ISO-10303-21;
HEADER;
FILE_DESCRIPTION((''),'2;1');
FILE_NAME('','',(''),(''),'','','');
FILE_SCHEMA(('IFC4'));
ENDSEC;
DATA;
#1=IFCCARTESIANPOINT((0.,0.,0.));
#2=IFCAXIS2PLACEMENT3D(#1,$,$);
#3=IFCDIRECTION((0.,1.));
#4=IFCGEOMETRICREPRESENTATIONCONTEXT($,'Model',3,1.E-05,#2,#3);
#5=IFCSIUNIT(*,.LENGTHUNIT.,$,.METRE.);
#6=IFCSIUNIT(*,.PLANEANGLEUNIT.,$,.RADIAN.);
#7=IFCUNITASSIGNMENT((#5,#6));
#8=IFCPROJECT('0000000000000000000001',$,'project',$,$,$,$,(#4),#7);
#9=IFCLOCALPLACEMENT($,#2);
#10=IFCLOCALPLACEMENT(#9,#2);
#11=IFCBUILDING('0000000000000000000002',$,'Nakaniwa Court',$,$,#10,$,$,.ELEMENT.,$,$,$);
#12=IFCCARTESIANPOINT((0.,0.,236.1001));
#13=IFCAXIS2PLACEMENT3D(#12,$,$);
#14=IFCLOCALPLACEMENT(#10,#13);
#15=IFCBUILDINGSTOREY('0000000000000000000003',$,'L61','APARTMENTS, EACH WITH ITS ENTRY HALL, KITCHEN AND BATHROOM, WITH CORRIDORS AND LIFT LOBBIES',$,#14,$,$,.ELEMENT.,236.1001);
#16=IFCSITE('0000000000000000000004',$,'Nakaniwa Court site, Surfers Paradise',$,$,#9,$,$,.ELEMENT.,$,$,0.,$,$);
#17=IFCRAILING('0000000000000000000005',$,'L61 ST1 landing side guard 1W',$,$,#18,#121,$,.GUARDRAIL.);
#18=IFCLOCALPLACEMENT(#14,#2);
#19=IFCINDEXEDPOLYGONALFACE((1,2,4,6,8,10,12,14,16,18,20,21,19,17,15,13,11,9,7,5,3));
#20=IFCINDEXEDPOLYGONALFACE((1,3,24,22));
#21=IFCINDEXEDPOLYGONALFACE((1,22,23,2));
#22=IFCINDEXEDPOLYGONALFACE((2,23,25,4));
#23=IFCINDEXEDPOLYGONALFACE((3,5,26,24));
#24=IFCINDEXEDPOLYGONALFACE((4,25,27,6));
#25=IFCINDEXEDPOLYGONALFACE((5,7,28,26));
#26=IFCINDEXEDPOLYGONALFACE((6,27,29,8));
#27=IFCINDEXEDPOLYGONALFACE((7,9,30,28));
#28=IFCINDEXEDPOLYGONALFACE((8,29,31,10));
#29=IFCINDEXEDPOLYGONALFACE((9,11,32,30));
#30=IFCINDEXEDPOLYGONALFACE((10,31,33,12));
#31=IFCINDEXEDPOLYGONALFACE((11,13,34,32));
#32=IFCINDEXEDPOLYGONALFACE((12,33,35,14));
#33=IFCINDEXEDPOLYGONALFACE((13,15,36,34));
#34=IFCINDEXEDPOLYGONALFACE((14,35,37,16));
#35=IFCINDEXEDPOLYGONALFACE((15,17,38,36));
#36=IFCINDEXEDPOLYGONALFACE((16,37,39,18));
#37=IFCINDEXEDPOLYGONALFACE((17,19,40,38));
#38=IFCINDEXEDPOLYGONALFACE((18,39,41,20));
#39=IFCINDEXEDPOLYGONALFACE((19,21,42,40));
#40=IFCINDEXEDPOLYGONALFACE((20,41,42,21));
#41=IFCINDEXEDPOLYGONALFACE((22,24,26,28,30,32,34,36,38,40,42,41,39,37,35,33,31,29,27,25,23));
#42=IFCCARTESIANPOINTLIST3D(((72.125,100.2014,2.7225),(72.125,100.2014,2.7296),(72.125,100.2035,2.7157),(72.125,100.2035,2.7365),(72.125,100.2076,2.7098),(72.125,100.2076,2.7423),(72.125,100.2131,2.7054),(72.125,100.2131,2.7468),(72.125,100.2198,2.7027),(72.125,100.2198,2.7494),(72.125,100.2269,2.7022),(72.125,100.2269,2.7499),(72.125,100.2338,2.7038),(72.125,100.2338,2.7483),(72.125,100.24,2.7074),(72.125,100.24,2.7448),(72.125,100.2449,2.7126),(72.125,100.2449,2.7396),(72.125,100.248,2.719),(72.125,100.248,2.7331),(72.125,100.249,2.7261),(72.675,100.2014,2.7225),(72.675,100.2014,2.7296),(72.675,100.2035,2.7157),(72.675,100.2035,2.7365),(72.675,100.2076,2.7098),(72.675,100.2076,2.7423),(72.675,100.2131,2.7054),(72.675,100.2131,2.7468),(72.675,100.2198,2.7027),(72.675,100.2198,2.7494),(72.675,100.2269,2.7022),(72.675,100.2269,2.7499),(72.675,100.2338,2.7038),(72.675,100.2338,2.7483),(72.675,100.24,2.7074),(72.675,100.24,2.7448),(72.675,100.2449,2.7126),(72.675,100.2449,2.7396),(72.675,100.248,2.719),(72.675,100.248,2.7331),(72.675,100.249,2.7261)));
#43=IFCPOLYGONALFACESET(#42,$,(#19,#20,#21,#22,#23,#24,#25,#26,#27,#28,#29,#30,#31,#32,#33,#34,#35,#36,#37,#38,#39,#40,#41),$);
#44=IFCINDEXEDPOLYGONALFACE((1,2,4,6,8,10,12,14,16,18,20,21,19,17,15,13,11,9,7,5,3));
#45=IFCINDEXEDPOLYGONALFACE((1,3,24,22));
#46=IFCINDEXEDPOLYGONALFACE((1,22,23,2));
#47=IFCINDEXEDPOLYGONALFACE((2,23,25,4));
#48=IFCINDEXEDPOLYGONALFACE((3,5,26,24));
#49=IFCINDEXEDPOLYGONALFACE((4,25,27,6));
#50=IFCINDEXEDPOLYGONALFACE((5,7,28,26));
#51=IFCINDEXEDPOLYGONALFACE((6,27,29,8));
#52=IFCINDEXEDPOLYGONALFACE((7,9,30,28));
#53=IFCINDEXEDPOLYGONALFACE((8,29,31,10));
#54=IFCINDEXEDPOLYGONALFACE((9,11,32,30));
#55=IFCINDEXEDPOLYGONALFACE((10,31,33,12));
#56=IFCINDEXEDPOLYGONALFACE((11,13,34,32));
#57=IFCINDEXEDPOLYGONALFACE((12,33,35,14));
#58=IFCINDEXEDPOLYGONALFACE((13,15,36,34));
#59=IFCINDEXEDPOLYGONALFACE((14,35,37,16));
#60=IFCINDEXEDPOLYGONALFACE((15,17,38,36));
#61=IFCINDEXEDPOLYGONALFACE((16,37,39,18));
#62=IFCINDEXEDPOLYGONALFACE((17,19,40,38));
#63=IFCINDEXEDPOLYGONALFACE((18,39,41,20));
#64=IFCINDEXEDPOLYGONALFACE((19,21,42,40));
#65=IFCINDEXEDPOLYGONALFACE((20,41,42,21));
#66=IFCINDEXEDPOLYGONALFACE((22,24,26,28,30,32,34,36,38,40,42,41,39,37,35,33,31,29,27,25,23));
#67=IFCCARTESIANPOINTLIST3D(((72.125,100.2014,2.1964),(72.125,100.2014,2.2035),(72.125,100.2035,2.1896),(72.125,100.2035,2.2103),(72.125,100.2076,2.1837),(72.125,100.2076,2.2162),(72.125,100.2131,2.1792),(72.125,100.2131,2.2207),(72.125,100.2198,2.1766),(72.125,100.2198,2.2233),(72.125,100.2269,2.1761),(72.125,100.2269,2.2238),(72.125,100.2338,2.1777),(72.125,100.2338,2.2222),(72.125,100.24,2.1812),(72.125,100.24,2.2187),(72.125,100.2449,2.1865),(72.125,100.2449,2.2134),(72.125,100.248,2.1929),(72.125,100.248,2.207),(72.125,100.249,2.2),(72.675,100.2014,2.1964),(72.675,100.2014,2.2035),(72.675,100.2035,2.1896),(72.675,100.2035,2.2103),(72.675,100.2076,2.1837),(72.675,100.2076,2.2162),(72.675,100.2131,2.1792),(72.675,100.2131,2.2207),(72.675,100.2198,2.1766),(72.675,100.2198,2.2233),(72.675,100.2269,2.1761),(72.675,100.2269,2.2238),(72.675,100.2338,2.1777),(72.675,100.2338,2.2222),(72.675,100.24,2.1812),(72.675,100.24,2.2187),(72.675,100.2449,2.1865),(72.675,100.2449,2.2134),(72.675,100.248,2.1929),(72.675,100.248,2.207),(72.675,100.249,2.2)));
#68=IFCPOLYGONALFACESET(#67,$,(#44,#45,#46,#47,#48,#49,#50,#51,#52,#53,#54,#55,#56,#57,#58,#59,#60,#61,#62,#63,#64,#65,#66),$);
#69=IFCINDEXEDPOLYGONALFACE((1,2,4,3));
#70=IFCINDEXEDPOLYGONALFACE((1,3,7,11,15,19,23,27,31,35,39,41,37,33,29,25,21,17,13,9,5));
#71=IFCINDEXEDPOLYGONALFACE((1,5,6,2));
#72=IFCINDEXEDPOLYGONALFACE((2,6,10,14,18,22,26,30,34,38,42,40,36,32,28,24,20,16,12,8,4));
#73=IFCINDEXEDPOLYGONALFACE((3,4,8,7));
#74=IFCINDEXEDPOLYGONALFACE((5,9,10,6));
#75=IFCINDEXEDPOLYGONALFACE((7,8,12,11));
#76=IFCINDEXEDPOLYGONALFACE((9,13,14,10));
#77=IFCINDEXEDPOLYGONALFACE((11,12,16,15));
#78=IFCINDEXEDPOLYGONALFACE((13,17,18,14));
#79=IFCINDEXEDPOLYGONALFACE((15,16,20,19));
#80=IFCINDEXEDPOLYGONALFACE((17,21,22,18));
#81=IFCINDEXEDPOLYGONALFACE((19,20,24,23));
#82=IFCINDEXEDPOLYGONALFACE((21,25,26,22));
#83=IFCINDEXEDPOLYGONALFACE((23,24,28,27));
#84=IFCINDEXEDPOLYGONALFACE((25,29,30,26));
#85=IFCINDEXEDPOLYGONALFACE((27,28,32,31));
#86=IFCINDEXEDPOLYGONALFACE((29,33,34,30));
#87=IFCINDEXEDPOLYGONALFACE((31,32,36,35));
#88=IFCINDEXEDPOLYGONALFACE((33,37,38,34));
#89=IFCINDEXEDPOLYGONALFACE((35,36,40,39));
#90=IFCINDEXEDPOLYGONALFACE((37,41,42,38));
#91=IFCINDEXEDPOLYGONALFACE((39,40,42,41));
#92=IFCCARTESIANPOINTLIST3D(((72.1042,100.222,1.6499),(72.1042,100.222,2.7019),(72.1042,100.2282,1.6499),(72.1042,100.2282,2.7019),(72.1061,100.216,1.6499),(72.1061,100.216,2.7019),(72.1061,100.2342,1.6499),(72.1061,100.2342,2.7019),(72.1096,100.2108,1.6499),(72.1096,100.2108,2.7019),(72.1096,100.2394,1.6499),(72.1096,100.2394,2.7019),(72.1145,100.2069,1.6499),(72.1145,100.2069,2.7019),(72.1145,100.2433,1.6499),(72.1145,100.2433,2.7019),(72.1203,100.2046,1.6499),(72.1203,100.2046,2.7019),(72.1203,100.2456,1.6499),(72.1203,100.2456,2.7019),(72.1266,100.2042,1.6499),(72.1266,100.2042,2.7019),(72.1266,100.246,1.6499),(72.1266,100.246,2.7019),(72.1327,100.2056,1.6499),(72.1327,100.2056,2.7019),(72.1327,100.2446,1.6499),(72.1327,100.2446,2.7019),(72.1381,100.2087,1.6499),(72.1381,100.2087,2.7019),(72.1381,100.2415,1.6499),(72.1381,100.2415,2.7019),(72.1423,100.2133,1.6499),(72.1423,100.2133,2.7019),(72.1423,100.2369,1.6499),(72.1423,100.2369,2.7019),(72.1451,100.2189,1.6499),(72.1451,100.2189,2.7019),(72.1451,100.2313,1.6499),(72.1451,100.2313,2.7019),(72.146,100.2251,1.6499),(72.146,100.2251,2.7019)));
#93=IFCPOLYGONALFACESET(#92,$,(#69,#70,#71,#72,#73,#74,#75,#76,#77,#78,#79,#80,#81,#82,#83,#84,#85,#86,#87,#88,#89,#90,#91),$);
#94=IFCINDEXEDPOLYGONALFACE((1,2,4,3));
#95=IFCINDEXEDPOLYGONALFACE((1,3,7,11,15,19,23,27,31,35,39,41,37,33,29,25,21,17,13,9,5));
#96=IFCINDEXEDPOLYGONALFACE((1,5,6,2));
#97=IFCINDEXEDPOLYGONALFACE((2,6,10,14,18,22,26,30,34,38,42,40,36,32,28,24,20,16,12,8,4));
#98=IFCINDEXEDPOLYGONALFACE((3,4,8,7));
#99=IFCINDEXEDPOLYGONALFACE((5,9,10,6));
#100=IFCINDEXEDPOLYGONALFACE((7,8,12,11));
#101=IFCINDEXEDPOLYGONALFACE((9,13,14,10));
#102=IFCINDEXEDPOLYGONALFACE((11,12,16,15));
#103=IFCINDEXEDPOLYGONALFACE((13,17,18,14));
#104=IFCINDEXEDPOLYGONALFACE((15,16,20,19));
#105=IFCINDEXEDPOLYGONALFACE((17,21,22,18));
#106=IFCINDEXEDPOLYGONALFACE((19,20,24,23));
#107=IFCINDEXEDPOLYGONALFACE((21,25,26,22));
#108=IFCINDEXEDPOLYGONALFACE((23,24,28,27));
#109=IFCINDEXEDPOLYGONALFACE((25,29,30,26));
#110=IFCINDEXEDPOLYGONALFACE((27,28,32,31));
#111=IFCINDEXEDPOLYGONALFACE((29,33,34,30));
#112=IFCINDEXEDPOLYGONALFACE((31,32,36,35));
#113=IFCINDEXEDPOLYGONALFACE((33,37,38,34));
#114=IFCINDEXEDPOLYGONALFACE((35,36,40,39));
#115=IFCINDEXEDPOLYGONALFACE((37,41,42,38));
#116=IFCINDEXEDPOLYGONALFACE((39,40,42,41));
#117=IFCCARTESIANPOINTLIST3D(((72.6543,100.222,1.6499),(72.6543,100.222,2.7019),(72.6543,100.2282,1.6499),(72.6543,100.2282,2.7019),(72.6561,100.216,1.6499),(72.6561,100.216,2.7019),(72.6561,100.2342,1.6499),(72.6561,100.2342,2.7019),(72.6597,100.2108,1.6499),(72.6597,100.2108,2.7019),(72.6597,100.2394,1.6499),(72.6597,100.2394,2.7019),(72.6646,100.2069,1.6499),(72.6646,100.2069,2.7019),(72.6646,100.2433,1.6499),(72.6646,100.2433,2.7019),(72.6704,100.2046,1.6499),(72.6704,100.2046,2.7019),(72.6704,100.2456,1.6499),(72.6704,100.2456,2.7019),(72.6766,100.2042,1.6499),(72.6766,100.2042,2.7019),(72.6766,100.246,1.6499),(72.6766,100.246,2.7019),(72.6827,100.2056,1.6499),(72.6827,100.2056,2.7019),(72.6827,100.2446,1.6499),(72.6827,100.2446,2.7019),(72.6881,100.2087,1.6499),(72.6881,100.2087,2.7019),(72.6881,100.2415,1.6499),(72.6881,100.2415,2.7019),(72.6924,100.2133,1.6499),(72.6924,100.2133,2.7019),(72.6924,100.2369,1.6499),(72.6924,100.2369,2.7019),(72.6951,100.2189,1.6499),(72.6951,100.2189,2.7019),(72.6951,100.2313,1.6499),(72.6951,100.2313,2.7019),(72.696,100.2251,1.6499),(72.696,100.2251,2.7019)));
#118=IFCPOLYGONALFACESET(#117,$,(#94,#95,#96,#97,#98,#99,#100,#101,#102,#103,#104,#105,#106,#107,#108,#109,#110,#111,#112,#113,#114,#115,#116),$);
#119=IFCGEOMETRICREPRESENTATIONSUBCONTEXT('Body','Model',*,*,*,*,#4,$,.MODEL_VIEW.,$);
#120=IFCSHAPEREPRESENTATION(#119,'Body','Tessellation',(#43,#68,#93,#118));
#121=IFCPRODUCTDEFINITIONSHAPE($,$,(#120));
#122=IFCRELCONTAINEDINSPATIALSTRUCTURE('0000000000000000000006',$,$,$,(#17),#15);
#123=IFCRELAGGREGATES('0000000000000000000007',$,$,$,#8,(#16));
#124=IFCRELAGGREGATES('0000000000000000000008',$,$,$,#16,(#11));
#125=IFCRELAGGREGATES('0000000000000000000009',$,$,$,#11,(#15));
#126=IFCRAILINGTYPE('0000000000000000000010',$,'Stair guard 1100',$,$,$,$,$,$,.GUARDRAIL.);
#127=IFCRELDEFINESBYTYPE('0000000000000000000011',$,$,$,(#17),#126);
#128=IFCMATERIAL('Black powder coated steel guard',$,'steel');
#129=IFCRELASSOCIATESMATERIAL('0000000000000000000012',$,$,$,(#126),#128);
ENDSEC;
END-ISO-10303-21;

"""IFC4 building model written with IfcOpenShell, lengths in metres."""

from ifc_helpers import new_model, si_unit, direction, frame, origin, origin_2d, place, context, subcontext, project, spatial, circle, extrude, material, type_object, element, save


model = new_model("IFC4")

# Units and contexts
model_context = context("Model", 3, precision=1e-05, world=origin(), true_north=direction((0.0, 1.0)))
body_context = subcontext(model_context, "Body", "Model", "MODEL_VIEW")
ifc_project = project(units=[si_unit("LENGTHUNIT", "METRE"), si_unit("PLANEANGLEUNIT", "RADIAN")], contexts=[model_context])

# Site, building, storey
site_placement = place(None, origin())
site = spatial("IfcSite", under=ifc_project, at=site_placement, Name="Nakaniwa Court site, Surfers Paradise", CompositionType="ELEMENT", RefElevation=0.0)
building_placement = place(site_placement, origin())
building = spatial("IfcBuilding", under=site, at=building_placement, Name="Nakaniwa Court", CompositionType="ELEMENT")
storey_placement = place(building_placement, frame((0.0, 0.0, 236.1001)))
storey = spatial("IfcBuildingStorey", under=building, at=storey_placement, Name="L61", Description="APARTMENTS, EACH WITH ITS ENTRY HALL, KITCHEN AND BATHROOM, WITH CORRIDORS AND LIFT LOBBIES", CompositionType="ELEMENT", Elevation=236.1001)

# Railing
ifc_material_1 = material(Name="Black powder coated steel guard", Category="steel")
railing_type_1 = type_object("IfcRailingType", Name="Stair guard 1100", PredefinedType="GUARDRAIL", material=ifc_material_1)
for number, where, name in (
    (1, (72.125, 100.2251, 1.6499), "L61 ST1 landing side guard 1W"),
):
    element("IfcRailing", number, at=place(storey_placement, frame(where)), inside=storey, type_object=railing_type_1, Name=name, PredefinedType="GUARDRAIL", context=body_context, shape_type="SweptSolid", body=[
        extrude(circle(Radius=0.0239, at=origin_2d()), frame((0.0, 0.0, 1.0762), z_axis=(1.0, 0.0, 0.0), x_axis=(0.0, 1.0, 0.0)), (0.0, 0.0, 1.0), 0.55),
        extrude(circle(Radius=0.0239, at=origin_2d()), frame((0.0, 0.0, 0.55), z_axis=(1.0, 0.0, 0.0), x_axis=(0.0, 1.0, 0.0)), (0.0, 0.0, 1.0), 0.55),
        extrude(circle(Radius=0.021, at=origin_2d()), origin(), (0.0, 0.0, 1.0), 1.052),
        extrude(circle(Radius=0.021, at=origin_2d()), frame((0.55, 0.0, 0.0)), (0.0, 0.0, 1.0), 1.052),
    ])

save(model, "model.ifc")
